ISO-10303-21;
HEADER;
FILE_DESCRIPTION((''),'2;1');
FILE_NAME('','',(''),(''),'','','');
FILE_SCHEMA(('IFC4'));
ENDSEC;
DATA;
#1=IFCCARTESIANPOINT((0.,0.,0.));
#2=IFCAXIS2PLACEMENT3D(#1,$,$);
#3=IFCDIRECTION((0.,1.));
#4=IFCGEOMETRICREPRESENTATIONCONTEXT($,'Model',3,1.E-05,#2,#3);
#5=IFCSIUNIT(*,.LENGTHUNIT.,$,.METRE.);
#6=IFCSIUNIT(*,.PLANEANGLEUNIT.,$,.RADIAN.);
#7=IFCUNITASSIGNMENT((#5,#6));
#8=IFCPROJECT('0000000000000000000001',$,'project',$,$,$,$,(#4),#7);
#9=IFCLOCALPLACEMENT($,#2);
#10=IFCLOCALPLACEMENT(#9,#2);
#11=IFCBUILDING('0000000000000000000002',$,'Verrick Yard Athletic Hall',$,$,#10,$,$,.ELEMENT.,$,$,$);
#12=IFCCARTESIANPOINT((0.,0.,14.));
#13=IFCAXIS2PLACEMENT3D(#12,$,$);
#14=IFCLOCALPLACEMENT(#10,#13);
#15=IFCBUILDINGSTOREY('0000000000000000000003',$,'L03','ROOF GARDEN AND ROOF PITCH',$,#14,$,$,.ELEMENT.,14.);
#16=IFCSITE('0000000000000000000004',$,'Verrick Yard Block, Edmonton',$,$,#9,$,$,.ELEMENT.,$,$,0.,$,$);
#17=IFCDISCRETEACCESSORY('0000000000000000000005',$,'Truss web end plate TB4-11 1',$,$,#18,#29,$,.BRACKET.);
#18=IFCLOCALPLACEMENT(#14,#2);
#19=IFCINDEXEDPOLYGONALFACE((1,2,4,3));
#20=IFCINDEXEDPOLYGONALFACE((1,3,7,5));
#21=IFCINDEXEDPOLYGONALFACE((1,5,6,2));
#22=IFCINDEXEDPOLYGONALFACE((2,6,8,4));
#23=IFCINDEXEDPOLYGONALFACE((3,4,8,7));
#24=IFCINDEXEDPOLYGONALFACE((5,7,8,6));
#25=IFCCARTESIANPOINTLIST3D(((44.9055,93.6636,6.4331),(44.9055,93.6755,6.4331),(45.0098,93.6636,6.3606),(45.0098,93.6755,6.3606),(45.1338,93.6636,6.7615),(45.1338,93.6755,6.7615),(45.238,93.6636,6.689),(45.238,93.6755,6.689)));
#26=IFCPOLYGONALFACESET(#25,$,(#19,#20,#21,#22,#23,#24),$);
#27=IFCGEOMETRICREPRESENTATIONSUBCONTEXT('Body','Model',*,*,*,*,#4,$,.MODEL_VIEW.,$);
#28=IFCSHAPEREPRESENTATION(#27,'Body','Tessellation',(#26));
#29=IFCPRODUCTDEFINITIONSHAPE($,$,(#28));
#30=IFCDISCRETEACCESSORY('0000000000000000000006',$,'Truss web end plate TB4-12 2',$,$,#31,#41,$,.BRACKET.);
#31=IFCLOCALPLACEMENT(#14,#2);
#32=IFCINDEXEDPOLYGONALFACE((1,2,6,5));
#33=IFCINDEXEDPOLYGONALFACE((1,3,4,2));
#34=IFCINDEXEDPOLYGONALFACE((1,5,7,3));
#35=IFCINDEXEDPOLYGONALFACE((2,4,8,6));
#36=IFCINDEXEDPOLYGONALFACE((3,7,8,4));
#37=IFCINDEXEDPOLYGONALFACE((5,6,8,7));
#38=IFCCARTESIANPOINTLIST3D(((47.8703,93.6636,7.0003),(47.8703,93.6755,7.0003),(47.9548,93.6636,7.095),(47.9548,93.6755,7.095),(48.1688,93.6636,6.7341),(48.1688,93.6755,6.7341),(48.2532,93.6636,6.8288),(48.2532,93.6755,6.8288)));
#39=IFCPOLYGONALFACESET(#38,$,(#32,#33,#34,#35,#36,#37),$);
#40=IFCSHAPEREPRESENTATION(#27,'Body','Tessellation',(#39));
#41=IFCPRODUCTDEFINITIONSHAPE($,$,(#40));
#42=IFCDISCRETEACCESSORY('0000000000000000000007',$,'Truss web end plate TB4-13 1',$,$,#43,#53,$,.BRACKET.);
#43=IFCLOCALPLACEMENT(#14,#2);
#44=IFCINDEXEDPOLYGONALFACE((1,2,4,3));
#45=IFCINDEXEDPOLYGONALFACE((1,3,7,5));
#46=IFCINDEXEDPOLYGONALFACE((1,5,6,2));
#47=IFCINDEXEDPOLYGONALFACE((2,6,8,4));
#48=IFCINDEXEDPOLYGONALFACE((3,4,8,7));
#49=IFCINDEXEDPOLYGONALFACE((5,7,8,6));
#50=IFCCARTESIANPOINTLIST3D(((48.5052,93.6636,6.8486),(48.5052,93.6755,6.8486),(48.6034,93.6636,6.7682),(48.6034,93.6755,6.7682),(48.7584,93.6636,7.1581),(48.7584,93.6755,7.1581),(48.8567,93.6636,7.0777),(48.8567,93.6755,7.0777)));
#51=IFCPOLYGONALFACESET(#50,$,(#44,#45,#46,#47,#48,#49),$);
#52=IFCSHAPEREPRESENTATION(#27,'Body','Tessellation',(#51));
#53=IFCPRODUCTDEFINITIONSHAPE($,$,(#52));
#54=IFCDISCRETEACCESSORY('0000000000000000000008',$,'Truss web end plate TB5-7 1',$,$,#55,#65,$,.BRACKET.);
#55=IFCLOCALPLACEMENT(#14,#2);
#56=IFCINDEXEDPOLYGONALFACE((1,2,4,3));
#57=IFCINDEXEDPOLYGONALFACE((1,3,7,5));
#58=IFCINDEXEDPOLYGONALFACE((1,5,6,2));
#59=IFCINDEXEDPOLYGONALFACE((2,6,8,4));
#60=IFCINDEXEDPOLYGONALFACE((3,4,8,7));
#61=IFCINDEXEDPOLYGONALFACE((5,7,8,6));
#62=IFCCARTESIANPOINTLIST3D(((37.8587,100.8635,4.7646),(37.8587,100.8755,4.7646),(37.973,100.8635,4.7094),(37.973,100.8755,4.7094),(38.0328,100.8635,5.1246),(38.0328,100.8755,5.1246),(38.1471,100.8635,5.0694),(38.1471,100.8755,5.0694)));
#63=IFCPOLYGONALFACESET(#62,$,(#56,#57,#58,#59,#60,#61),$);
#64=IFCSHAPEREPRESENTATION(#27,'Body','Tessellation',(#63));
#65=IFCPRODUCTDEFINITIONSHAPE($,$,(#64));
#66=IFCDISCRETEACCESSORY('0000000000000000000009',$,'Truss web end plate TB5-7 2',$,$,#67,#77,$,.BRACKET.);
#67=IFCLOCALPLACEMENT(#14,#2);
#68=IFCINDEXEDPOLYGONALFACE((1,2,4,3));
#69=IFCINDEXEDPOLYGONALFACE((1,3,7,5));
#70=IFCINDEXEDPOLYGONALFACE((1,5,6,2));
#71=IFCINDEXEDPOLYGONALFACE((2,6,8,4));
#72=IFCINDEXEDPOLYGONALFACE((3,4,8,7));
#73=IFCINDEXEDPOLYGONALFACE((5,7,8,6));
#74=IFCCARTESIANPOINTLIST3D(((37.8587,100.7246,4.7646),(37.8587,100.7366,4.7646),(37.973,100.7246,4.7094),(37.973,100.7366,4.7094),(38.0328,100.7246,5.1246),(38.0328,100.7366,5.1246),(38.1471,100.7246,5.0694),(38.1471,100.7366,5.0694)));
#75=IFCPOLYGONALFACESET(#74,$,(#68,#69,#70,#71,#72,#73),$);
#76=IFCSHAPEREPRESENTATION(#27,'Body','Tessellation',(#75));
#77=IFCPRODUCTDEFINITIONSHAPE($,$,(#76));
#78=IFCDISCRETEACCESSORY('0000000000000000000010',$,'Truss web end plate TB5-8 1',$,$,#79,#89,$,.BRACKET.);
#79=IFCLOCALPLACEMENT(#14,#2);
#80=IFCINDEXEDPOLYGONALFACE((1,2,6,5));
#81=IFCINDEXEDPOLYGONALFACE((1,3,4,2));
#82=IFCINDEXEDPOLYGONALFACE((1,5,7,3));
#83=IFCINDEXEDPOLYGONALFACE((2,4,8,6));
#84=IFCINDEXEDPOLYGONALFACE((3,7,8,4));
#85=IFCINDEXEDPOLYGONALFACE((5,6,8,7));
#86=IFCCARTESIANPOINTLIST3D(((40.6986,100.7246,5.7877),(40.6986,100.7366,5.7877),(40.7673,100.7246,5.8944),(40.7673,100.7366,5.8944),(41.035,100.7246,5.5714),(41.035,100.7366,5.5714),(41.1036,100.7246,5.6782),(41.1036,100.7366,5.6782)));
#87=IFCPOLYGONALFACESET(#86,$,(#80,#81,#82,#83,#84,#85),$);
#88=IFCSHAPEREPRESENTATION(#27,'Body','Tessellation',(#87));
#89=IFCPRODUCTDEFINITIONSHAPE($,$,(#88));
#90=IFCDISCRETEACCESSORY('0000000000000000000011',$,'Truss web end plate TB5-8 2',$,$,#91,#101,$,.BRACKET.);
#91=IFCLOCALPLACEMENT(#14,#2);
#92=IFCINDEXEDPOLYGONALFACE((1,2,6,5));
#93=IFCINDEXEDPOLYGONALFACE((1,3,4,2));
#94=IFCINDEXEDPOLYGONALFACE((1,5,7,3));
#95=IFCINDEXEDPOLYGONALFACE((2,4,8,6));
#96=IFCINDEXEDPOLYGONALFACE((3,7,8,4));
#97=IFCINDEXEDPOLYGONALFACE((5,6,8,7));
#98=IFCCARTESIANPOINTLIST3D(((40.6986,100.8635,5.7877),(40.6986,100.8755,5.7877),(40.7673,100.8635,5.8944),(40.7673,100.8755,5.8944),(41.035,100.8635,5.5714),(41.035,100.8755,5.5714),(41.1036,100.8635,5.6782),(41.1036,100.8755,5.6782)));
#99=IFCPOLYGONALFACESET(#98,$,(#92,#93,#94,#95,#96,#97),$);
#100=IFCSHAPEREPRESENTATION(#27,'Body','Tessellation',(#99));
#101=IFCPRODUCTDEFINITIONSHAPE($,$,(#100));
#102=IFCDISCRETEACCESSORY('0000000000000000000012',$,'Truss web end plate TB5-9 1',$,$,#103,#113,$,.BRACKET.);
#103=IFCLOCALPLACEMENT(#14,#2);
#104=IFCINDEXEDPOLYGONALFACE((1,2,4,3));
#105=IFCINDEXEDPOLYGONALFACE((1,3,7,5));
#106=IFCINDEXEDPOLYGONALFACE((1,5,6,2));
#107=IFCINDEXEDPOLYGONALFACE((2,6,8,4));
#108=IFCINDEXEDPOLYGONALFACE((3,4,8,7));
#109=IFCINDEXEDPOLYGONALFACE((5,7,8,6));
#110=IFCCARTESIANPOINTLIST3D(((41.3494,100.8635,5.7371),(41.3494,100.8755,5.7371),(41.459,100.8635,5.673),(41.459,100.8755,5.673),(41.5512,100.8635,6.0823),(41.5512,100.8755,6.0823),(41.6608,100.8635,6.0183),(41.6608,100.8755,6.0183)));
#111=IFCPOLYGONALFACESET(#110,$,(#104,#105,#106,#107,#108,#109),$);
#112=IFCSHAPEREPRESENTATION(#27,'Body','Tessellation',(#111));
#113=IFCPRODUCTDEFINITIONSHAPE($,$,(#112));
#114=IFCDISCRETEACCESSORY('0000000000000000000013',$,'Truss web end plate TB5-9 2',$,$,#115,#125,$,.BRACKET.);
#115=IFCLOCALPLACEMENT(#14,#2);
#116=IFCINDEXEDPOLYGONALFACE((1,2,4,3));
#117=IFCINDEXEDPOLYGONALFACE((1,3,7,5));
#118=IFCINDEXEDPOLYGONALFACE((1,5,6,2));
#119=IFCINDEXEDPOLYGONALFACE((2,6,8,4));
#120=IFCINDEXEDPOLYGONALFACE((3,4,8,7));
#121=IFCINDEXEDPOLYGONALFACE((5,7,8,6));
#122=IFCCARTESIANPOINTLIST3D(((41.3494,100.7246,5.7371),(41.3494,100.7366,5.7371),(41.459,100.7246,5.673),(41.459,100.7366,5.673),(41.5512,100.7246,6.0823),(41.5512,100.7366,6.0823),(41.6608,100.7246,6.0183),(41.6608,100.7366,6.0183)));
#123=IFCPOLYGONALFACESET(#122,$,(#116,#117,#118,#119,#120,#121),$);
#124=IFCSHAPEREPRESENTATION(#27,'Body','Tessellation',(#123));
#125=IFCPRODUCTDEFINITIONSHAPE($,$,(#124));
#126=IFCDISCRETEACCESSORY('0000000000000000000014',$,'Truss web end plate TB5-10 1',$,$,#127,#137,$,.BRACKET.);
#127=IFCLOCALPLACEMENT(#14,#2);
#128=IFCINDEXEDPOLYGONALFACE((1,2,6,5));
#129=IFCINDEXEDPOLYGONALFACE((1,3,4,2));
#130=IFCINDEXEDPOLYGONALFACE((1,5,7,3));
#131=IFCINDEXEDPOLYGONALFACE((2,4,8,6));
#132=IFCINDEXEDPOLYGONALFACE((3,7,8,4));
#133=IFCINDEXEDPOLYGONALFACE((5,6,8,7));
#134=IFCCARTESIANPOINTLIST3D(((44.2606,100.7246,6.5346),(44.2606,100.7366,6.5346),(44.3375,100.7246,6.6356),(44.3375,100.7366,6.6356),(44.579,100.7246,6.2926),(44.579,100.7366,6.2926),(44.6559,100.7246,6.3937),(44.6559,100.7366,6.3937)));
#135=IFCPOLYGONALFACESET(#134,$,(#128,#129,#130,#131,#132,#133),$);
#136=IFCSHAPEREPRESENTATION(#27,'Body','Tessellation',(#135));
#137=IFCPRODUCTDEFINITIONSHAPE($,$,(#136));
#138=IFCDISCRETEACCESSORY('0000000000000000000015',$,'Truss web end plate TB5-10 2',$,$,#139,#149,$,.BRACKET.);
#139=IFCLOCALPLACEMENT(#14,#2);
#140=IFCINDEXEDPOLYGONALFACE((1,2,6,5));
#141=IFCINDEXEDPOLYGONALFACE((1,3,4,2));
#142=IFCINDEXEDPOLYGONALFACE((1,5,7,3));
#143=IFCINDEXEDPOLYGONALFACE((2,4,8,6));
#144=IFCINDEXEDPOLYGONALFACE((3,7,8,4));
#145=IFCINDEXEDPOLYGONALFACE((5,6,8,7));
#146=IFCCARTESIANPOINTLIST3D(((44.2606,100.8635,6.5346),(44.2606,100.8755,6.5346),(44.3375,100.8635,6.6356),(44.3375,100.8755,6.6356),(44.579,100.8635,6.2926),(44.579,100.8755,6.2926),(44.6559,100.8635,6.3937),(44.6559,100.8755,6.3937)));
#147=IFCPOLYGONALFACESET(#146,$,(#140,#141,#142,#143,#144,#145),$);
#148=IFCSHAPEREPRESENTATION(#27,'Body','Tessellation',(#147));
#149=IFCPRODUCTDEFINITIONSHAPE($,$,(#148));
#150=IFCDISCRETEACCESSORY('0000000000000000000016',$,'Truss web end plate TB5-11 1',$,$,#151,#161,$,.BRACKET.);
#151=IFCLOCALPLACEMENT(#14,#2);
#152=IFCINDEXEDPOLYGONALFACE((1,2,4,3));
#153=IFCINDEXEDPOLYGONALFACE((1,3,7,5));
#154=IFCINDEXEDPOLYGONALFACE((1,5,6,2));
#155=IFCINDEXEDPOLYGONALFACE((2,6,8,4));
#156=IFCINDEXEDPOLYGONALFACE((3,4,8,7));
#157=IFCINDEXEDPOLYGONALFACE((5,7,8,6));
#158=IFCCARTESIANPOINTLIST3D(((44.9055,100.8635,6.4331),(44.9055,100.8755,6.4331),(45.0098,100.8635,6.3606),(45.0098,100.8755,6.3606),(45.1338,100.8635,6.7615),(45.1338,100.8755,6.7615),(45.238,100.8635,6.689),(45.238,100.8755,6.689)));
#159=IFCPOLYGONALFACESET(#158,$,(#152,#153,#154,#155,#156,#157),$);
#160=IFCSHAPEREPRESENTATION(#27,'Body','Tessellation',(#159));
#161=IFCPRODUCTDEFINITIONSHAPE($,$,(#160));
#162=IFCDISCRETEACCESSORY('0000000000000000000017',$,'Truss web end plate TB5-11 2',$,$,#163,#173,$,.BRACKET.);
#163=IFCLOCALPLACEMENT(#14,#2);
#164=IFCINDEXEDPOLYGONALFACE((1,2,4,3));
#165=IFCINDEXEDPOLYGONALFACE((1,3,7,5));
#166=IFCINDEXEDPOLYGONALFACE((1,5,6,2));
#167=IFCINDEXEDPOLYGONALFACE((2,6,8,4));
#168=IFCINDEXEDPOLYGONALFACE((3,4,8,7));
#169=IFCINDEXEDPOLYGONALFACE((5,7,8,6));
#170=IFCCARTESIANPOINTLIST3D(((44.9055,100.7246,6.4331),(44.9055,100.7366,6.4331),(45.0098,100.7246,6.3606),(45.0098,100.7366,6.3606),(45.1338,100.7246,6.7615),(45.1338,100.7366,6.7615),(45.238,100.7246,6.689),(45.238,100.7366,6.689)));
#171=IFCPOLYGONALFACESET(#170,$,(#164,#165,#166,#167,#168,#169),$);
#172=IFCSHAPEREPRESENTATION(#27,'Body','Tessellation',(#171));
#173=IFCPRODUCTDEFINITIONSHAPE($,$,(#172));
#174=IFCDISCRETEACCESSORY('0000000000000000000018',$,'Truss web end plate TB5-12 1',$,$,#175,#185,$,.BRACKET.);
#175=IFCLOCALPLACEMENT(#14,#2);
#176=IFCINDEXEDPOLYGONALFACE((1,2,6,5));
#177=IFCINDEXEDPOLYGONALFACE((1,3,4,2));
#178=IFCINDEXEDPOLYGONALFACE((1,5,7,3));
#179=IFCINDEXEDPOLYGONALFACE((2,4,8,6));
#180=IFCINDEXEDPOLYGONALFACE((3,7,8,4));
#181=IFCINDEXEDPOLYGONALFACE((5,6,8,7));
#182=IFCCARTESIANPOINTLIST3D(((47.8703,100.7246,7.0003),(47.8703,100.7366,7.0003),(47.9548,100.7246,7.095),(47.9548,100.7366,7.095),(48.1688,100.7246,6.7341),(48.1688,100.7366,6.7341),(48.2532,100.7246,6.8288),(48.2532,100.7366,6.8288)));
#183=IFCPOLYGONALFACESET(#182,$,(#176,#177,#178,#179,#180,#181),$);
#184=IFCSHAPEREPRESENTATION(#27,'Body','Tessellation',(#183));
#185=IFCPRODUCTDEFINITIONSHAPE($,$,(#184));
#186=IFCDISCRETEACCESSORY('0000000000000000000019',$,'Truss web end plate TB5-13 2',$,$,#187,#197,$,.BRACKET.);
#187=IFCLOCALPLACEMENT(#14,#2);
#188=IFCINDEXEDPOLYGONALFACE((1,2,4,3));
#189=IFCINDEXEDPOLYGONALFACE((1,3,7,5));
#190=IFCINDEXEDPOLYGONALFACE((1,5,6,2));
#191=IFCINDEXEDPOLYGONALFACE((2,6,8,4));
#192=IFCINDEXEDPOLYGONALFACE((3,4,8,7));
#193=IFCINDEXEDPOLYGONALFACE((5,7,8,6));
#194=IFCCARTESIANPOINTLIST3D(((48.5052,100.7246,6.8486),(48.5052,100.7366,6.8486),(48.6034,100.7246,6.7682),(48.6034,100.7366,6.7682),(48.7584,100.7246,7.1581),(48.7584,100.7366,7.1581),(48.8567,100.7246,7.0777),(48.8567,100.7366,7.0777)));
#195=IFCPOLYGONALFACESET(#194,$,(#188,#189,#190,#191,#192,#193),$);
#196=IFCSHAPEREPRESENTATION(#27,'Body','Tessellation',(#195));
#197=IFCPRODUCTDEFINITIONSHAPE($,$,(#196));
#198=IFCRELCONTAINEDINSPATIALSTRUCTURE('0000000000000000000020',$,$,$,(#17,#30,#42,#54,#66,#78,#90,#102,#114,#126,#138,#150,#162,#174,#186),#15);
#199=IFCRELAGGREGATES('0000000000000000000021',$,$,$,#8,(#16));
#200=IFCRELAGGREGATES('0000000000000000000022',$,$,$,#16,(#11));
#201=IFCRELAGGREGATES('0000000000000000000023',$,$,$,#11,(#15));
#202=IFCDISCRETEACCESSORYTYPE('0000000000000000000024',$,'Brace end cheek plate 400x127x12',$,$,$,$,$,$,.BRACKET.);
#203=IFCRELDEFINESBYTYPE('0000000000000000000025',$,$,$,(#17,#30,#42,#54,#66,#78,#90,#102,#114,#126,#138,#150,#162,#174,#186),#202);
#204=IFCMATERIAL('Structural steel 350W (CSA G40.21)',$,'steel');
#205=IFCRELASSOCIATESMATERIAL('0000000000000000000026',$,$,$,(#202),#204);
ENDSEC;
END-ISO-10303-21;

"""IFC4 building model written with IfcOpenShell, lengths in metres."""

from ifc_helpers import new_model, si_unit, direction, frame, origin, origin_2d, place, context, subcontext, project, spatial, rectangle, extrude, material, material_profile, profile_set, type_object, element, save


model = new_model("IFC4")

# Units and contexts
model_context = context("Model", 3, precision=1e-05, world=origin(), true_north=direction((0.0, 1.0)))
body_context = subcontext(model_context, "Body", "Model", "MODEL_VIEW")
ifc_project = project(units=[si_unit("LENGTHUNIT", "METRE"), si_unit("PLANEANGLEUNIT", "RADIAN")], contexts=[model_context])

# Site, building, storey
site_placement = place(None, origin())
site = spatial("IfcSite", under=ifc_project, at=site_placement, Name="Verrick Yard Block, Edmonton", CompositionType="ELEMENT", RefElevation=0.0)
building_placement = place(site_placement, origin())
building = spatial("IfcBuilding", under=site, at=building_placement, Name="Verrick Yard Athletic Hall", CompositionType="ELEMENT")
storey_placement = place(building_placement, frame((0.0, 0.0, 14.0)))
storey = spatial("IfcBuildingStorey", under=building, at=storey_placement, Name="L03", Description="ROOF GARDEN AND ROOF PITCH", CompositionType="ELEMENT", Elevation=14.0)

# Discrete accessories
ifc_material_1 = material(Name="Structural steel 350W (CSA G40.21)", Category="steel")
ifc_material_profile_1 = material_profile(ifc_material_1, rectangle(XDim=0.3999, YDim=0.127, at=origin_2d()), Name="Brace end cheek plate")
ifc_profile_set_1 = profile_set([ifc_material_profile_1], Name="Structural steel 350W (CSA G40.21)")
discrete_accessory_type = type_object("IfcDiscreteAccessoryType", Name="Brace end cheek plate 400x127x12", PredefinedType="BRACKET", material=ifc_profile_set_1)
for number, where, z_axis, x_axis, name in (
    (1, (45.0718, 93.6636, 6.561), (0.0, 1.0, 0.0), (0.570674, 0.0, 0.821176), "Truss web end plate TB4-11 1"),
    (2, (48.0618, 93.6636, 6.9146), (0.0, 1.0, 0.0), (-0.746352, 0.0, 0.665551), "Truss web end plate TB4-12 2"),
    (3, (48.6809, 93.6636, 6.9631), (0.0, 1.0, 0.0), (0.633246, 0.0, 0.773951), "Truss web end plate TB4-13 1"),
    (4, (38.0029, 100.8635, 4.917), (0.0, 1.0, 0.0), (0.435417, 0.0, 0.900229), "Truss web end plate TB5-7 1"),
    (5, (38.0029, 100.7366, 4.917), (0.0, -1.0, 0.0), (0.435417, 0.0, 0.900229), "Truss web end plate TB5-7 2"),
    (6, (40.9011, 100.7366, 5.7329), (0.0, -1.0, 0.0), (-0.841141, 0.0, 0.540816), "Truss web end plate TB5-8 1"),
    (7, (40.9011, 100.8635, 5.7329), (0.0, 1.0, 0.0), (-0.841141, 0.0, 0.540816), "Truss web end plate TB5-8 2"),
    (8, (41.5051, 100.8635, 5.8777), (0.0, 1.0, 0.0), (0.504597, 0.0, 0.863355), "Truss web end plate TB5-9 1"),
    (9, (41.5051, 100.7366, 5.8777), (0.0, -1.0, 0.0), (0.504597, 0.0, 0.863355), "Truss web end plate TB5-9 2"),
    (10, (44.4583, 100.7366, 6.4641), (0.0, -1.0, 0.0), (-0.796193, 0.0, 0.605042), "Truss web end plate TB5-10 1"),
    (11, (44.4583, 100.8635, 6.4641), (0.0, 1.0, 0.0), (-0.796193, 0.0, 0.605042), "Truss web end plate TB5-10 2"),
    (12, (45.0718, 100.8635, 6.561), (0.0, 1.0, 0.0), (0.570674, 0.0, 0.821176), "Truss web end plate TB5-11 1"),
    (13, (45.0718, 100.7366, 6.561), (0.0, -1.0, 0.0), (0.570674, 0.0, 0.821176), "Truss web end plate TB5-11 2"),
    (14, (48.0618, 100.7366, 6.9146), (0.0, -1.0, 0.0), (-0.746352, 0.0, 0.665551), "Truss web end plate TB5-12 1"),
    (15, (48.6809, 100.7366, 6.9631), (0.0, -1.0, 0.0), (0.633246, 0.0, 0.773951), "Truss web end plate TB5-13 2"),
):
    element("IfcDiscreteAccessory", number, at=place(storey_placement, frame(where, z_axis=z_axis, x_axis=x_axis)), inside=storey, type_object=discrete_accessory_type, Name=name, PredefinedType="BRACKET", context=body_context, shape_type="SweptSolid", body=[
        extrude(rectangle(XDim=0.3999, YDim=0.127, at=origin_2d()), origin(), (0.0, 0.0, 1.0), 0.012),
    ])

save(model, "model.ifc")
